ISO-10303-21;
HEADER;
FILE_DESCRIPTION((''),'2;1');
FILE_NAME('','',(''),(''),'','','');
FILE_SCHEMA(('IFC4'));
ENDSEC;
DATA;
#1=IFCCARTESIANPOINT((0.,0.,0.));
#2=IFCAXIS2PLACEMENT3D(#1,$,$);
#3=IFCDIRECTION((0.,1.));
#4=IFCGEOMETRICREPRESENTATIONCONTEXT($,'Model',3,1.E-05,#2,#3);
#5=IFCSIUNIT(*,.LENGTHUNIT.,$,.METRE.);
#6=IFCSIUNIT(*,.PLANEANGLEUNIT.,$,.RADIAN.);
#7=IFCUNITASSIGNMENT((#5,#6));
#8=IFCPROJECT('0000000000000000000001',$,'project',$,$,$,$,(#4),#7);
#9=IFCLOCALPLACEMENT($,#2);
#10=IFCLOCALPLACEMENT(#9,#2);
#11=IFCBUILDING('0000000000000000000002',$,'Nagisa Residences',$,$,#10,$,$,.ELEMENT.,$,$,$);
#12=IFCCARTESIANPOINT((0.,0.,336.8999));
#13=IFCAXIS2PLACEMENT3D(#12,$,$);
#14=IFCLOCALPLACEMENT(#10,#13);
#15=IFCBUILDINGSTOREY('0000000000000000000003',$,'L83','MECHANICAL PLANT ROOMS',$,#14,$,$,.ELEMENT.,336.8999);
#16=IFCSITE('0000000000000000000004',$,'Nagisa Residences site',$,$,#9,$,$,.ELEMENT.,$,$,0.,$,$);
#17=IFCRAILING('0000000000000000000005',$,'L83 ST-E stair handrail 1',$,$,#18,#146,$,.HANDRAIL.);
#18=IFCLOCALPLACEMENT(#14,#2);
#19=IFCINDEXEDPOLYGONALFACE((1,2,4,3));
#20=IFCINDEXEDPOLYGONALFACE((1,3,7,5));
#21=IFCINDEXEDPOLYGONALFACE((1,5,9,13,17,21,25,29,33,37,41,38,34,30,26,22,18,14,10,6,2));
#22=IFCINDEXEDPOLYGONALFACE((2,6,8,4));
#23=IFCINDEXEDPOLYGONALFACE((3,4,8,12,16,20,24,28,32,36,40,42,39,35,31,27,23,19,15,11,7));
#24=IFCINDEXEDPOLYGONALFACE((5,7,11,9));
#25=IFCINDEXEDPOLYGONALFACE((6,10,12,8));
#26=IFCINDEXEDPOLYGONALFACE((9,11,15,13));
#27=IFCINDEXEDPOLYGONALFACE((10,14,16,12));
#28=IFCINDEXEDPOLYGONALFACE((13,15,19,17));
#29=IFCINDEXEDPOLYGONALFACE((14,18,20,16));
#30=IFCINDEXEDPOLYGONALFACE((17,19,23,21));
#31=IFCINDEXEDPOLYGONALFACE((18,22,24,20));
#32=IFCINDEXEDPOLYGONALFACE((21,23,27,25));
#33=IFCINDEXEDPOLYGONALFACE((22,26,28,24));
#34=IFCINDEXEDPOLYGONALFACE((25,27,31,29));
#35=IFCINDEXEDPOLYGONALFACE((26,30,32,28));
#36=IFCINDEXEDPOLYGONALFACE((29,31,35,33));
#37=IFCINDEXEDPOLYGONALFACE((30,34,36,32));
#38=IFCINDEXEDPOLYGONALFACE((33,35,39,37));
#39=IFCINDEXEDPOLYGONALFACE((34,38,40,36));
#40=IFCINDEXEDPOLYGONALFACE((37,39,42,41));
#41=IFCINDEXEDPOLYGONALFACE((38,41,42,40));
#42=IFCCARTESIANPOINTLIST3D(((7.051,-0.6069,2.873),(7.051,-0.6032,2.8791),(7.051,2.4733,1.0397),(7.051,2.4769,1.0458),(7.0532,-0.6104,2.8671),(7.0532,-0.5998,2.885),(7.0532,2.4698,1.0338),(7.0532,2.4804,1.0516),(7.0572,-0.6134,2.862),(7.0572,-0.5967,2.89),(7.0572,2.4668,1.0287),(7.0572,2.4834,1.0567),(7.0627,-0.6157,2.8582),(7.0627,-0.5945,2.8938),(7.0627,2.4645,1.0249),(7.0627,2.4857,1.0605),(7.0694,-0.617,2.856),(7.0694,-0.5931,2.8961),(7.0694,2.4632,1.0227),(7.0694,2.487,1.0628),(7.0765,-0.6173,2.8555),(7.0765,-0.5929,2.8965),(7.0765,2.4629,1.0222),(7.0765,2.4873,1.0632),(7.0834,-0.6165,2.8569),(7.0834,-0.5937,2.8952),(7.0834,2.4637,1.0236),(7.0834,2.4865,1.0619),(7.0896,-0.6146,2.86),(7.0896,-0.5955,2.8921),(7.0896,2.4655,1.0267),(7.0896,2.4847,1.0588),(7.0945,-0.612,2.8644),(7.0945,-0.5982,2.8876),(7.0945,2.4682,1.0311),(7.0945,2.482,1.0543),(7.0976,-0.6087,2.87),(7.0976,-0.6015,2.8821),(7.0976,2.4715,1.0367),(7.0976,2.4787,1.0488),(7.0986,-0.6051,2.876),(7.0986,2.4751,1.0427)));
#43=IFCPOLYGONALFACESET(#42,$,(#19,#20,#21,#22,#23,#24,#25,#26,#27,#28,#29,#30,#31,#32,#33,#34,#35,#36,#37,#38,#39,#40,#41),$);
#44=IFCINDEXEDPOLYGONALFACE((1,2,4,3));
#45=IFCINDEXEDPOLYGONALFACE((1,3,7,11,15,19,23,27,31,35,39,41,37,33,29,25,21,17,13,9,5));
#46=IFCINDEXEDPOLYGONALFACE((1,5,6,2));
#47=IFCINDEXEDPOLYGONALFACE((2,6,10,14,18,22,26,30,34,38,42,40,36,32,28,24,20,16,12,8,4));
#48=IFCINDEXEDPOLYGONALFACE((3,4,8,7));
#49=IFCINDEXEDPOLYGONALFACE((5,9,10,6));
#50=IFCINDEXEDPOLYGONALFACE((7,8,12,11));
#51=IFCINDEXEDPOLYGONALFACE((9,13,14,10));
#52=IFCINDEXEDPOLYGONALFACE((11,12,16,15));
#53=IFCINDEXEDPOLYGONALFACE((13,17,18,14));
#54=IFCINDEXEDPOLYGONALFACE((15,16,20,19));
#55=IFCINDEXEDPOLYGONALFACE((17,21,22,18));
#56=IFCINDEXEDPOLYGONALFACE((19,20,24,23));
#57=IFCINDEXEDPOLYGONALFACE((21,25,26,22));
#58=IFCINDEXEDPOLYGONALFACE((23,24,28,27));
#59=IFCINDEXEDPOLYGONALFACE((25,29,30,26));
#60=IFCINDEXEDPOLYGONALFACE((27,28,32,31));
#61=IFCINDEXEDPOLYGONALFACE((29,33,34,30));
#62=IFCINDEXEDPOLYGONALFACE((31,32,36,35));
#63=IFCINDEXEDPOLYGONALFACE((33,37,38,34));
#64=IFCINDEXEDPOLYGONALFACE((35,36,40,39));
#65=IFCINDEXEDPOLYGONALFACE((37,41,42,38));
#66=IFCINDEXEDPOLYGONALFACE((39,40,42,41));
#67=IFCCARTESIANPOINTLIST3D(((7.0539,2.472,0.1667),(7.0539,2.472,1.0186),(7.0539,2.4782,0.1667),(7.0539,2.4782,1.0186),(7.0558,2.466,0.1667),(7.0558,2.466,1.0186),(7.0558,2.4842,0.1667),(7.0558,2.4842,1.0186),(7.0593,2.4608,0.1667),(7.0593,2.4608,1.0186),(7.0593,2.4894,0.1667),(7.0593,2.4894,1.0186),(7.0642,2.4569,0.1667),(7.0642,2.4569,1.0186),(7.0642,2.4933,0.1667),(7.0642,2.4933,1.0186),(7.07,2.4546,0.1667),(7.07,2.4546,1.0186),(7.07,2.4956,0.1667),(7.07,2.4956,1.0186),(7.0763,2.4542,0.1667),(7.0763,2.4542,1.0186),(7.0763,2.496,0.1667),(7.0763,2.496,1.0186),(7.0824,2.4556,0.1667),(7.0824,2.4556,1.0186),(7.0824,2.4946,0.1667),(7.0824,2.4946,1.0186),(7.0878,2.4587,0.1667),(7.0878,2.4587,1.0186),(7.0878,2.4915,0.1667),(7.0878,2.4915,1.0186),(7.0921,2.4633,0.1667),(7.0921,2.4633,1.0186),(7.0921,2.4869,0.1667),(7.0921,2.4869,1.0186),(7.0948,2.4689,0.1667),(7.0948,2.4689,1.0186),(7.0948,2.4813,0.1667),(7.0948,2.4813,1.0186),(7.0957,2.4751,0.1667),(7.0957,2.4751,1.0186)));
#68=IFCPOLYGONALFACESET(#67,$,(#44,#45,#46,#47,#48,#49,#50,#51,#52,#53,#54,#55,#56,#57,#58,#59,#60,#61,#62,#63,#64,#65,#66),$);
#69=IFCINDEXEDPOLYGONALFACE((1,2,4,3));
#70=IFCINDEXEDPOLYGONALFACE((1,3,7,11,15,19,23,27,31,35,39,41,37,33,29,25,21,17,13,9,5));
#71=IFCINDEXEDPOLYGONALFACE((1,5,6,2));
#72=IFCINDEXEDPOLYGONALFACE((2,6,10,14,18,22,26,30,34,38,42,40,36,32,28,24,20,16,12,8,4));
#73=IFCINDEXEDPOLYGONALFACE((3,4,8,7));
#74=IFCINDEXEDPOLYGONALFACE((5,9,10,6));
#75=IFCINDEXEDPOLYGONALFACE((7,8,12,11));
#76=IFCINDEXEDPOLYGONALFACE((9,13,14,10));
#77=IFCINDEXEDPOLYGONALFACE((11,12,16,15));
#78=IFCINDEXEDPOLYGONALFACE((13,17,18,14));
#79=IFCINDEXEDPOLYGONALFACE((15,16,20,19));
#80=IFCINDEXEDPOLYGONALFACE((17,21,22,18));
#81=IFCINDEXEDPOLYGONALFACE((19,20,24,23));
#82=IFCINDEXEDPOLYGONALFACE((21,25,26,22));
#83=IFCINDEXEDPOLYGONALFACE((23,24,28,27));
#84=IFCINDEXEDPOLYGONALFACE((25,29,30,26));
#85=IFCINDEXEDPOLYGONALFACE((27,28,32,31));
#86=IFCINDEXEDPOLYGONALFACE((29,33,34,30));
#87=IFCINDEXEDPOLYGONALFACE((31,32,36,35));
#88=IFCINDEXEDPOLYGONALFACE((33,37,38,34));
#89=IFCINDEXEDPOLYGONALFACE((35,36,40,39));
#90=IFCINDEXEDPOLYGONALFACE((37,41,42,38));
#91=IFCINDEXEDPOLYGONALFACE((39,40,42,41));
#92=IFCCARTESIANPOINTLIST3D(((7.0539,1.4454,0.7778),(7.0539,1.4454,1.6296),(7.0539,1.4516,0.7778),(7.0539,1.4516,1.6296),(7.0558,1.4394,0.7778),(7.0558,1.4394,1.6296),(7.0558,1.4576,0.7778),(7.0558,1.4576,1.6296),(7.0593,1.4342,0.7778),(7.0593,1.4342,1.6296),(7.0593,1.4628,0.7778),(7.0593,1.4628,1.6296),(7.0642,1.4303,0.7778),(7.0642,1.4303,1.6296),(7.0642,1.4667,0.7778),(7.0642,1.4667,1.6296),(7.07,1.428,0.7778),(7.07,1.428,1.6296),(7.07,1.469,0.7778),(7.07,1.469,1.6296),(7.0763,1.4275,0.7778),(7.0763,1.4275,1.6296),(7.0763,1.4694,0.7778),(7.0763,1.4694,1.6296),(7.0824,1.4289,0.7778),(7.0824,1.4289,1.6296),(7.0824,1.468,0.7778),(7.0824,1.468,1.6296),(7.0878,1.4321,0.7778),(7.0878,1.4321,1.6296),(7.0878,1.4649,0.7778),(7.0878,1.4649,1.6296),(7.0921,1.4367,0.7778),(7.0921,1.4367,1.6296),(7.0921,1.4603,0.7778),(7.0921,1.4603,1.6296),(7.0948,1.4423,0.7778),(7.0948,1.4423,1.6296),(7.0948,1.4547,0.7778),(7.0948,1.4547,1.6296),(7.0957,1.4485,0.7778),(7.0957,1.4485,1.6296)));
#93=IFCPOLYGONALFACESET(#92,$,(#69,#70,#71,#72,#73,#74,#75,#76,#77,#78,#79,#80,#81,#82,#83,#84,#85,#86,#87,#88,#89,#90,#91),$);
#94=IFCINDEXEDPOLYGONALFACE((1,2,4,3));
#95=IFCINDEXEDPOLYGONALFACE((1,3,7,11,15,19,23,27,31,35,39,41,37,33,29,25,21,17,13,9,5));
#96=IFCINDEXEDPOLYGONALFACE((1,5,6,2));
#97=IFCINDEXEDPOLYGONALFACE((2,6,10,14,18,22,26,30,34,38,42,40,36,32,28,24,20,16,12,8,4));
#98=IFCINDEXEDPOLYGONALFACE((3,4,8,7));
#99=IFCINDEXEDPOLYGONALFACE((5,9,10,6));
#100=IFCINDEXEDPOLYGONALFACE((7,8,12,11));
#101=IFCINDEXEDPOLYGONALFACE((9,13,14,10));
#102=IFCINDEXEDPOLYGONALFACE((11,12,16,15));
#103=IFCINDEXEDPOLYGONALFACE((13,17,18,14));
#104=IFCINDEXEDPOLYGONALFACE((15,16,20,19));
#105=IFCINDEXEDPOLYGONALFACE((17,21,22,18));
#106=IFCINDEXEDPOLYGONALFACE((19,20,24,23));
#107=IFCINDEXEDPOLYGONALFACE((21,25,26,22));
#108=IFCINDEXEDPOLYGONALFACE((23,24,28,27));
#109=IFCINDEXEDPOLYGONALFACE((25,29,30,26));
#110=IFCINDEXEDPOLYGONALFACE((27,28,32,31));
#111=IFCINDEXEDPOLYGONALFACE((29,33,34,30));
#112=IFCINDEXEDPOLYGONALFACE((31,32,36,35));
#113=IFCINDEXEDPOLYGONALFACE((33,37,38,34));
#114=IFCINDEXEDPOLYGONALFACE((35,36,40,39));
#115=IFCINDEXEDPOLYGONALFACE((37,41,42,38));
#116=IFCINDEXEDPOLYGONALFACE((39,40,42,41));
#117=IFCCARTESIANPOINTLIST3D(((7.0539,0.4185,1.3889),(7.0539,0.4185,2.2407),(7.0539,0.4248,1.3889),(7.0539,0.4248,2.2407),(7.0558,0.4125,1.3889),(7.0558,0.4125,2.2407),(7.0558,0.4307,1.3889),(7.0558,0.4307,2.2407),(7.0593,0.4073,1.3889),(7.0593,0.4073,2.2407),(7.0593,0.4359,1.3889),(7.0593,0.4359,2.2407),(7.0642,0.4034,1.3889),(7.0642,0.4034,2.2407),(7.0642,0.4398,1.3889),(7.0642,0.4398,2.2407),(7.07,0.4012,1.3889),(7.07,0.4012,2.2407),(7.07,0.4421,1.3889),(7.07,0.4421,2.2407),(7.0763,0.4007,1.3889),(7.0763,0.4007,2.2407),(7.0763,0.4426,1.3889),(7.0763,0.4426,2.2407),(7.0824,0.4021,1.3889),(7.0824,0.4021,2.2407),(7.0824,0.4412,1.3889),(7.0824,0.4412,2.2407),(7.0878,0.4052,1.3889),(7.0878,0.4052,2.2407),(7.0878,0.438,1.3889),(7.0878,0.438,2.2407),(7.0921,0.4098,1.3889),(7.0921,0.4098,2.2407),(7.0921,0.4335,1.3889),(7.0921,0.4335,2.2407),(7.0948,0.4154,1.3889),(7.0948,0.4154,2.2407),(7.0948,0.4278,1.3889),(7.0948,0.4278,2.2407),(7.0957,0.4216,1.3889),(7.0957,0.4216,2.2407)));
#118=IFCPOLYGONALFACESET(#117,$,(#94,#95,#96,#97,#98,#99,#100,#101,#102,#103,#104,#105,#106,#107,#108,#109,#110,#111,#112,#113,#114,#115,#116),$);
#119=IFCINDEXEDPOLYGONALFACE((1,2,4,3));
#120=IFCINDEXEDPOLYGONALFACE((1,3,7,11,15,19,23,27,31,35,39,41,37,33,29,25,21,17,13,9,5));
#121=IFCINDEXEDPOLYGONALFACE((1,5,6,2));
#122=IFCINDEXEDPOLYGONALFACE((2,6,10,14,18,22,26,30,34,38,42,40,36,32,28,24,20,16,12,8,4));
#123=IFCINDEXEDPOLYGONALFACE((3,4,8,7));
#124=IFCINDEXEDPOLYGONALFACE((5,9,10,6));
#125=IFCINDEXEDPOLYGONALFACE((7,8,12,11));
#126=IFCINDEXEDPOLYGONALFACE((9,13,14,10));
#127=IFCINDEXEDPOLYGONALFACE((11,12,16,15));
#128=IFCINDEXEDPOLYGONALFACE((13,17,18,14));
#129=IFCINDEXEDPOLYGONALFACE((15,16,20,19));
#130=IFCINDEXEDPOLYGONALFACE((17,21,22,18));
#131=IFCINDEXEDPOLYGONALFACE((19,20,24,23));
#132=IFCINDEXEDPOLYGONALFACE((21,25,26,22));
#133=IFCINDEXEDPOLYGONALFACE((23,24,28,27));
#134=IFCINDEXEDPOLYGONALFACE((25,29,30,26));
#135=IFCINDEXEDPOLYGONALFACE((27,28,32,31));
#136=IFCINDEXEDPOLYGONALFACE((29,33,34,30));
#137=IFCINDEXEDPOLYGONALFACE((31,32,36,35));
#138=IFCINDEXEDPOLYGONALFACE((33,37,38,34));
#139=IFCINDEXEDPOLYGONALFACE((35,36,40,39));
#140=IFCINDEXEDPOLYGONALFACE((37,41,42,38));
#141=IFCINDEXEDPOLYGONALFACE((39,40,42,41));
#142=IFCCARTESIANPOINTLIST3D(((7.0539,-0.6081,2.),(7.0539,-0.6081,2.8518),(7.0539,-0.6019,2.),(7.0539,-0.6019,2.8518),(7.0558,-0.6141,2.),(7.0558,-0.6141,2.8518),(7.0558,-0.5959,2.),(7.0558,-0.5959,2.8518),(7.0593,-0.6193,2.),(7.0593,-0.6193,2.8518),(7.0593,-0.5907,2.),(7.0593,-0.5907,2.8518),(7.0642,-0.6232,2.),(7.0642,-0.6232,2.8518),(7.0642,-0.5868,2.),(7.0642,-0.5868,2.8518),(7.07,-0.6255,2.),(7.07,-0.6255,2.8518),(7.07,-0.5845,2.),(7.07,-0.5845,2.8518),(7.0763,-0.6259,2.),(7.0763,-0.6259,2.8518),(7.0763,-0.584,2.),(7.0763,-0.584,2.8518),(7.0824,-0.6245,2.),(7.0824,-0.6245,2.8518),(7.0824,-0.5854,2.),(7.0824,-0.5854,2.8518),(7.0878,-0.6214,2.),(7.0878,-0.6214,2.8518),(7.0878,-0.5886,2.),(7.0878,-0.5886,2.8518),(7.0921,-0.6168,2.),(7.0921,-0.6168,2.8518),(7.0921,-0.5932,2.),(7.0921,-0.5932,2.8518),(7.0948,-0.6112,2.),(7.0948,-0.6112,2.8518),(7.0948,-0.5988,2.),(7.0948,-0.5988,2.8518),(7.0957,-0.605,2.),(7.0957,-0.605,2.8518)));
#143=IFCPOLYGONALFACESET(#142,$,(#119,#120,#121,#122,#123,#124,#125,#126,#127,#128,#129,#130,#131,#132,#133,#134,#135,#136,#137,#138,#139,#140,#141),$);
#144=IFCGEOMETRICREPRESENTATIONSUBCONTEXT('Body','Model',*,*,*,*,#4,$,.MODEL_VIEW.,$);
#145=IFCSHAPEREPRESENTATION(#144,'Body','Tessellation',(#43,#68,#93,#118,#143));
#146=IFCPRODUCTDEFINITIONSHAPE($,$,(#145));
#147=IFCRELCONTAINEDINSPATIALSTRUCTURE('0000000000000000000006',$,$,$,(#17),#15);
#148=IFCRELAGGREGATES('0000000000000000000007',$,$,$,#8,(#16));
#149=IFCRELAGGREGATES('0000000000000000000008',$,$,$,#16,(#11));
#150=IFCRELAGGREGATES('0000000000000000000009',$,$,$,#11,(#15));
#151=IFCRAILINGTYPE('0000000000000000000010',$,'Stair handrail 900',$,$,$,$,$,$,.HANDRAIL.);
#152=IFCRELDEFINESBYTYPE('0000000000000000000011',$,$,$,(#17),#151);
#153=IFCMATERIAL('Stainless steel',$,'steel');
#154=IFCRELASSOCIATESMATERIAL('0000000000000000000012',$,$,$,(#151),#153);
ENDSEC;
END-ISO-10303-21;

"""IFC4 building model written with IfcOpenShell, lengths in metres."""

from ifc_helpers import new_model, si_unit, direction, frame, origin, origin_2d, place, context, subcontext, project, spatial, circle, extrude, material, type_object, element, save


model = new_model("IFC4")

# Units and contexts
model_context = context("Model", 3, precision=1e-05, world=origin(), true_north=direction((0.0, 1.0)))
body_context = subcontext(model_context, "Body", "Model", "MODEL_VIEW")
ifc_project = project(units=[si_unit("LENGTHUNIT", "METRE"), si_unit("PLANEANGLEUNIT", "RADIAN")], contexts=[model_context])

# Site, building, storey
site_placement = place(None, origin())
site = spatial("IfcSite", under=ifc_project, at=site_placement, Name="Nagisa Residences site", CompositionType="ELEMENT", RefElevation=0.0)
building_placement = place(site_placement, origin())
building = spatial("IfcBuilding", under=site, at=building_placement, Name="Nagisa Residences", CompositionType="ELEMENT")
storey_placement = place(building_placement, frame((0.0, 0.0, 336.8999)))
storey = spatial("IfcBuildingStorey", under=building, at=storey_placement, Name="L83", Description="MECHANICAL PLANT ROOMS", CompositionType="ELEMENT", Elevation=336.8999)

# Railing
ifc_material_1 = material(Name="Stainless steel", Category="steel")
railing_type_1 = type_object("IfcRailingType", Name="Stair handrail 900", PredefinedType="HANDRAIL", material=ifc_material_1)
railing_1_placement = place(storey_placement, frame((7.0747, 2.4751, 0.1667)))
element("IfcRailing", 1, at=railing_1_placement, inside=storey, type_object=railing_type_1, Name="L83 ST-E stair handrail 1", PredefinedType="HANDRAIL", context=body_context, shape_type="SweptSolid", body=[
    extrude(circle(Radius=0.0239, at=origin_2d()), frame((0.0, 0.0, 0.876), z_axis=(0.0, -0.859309, 0.511458), x_axis=(1.0, 0.0, 0.0)), (0.0, 0.0, 1.0), 3.5845),
    extrude(circle(Radius=0.021, at=origin_2d()), origin(), (0.0, 0.0, 1.0), 0.8518),
    extrude(circle(Radius=0.021, at=origin_2d()), frame((0.0, -1.0266, 0.6111)), (0.0, 0.0, 1.0), 0.8518),
    extrude(circle(Radius=0.021, at=origin_2d()), frame((0.0, -2.0535, 1.2222)), (0.0, 0.0, 1.0), 0.8518),
    extrude(circle(Radius=0.021, at=origin_2d()), frame((0.0, -3.0801, 1.8333)), (0.0, 0.0, 1.0), 0.8518),
])

save(model, "model.ifc")
